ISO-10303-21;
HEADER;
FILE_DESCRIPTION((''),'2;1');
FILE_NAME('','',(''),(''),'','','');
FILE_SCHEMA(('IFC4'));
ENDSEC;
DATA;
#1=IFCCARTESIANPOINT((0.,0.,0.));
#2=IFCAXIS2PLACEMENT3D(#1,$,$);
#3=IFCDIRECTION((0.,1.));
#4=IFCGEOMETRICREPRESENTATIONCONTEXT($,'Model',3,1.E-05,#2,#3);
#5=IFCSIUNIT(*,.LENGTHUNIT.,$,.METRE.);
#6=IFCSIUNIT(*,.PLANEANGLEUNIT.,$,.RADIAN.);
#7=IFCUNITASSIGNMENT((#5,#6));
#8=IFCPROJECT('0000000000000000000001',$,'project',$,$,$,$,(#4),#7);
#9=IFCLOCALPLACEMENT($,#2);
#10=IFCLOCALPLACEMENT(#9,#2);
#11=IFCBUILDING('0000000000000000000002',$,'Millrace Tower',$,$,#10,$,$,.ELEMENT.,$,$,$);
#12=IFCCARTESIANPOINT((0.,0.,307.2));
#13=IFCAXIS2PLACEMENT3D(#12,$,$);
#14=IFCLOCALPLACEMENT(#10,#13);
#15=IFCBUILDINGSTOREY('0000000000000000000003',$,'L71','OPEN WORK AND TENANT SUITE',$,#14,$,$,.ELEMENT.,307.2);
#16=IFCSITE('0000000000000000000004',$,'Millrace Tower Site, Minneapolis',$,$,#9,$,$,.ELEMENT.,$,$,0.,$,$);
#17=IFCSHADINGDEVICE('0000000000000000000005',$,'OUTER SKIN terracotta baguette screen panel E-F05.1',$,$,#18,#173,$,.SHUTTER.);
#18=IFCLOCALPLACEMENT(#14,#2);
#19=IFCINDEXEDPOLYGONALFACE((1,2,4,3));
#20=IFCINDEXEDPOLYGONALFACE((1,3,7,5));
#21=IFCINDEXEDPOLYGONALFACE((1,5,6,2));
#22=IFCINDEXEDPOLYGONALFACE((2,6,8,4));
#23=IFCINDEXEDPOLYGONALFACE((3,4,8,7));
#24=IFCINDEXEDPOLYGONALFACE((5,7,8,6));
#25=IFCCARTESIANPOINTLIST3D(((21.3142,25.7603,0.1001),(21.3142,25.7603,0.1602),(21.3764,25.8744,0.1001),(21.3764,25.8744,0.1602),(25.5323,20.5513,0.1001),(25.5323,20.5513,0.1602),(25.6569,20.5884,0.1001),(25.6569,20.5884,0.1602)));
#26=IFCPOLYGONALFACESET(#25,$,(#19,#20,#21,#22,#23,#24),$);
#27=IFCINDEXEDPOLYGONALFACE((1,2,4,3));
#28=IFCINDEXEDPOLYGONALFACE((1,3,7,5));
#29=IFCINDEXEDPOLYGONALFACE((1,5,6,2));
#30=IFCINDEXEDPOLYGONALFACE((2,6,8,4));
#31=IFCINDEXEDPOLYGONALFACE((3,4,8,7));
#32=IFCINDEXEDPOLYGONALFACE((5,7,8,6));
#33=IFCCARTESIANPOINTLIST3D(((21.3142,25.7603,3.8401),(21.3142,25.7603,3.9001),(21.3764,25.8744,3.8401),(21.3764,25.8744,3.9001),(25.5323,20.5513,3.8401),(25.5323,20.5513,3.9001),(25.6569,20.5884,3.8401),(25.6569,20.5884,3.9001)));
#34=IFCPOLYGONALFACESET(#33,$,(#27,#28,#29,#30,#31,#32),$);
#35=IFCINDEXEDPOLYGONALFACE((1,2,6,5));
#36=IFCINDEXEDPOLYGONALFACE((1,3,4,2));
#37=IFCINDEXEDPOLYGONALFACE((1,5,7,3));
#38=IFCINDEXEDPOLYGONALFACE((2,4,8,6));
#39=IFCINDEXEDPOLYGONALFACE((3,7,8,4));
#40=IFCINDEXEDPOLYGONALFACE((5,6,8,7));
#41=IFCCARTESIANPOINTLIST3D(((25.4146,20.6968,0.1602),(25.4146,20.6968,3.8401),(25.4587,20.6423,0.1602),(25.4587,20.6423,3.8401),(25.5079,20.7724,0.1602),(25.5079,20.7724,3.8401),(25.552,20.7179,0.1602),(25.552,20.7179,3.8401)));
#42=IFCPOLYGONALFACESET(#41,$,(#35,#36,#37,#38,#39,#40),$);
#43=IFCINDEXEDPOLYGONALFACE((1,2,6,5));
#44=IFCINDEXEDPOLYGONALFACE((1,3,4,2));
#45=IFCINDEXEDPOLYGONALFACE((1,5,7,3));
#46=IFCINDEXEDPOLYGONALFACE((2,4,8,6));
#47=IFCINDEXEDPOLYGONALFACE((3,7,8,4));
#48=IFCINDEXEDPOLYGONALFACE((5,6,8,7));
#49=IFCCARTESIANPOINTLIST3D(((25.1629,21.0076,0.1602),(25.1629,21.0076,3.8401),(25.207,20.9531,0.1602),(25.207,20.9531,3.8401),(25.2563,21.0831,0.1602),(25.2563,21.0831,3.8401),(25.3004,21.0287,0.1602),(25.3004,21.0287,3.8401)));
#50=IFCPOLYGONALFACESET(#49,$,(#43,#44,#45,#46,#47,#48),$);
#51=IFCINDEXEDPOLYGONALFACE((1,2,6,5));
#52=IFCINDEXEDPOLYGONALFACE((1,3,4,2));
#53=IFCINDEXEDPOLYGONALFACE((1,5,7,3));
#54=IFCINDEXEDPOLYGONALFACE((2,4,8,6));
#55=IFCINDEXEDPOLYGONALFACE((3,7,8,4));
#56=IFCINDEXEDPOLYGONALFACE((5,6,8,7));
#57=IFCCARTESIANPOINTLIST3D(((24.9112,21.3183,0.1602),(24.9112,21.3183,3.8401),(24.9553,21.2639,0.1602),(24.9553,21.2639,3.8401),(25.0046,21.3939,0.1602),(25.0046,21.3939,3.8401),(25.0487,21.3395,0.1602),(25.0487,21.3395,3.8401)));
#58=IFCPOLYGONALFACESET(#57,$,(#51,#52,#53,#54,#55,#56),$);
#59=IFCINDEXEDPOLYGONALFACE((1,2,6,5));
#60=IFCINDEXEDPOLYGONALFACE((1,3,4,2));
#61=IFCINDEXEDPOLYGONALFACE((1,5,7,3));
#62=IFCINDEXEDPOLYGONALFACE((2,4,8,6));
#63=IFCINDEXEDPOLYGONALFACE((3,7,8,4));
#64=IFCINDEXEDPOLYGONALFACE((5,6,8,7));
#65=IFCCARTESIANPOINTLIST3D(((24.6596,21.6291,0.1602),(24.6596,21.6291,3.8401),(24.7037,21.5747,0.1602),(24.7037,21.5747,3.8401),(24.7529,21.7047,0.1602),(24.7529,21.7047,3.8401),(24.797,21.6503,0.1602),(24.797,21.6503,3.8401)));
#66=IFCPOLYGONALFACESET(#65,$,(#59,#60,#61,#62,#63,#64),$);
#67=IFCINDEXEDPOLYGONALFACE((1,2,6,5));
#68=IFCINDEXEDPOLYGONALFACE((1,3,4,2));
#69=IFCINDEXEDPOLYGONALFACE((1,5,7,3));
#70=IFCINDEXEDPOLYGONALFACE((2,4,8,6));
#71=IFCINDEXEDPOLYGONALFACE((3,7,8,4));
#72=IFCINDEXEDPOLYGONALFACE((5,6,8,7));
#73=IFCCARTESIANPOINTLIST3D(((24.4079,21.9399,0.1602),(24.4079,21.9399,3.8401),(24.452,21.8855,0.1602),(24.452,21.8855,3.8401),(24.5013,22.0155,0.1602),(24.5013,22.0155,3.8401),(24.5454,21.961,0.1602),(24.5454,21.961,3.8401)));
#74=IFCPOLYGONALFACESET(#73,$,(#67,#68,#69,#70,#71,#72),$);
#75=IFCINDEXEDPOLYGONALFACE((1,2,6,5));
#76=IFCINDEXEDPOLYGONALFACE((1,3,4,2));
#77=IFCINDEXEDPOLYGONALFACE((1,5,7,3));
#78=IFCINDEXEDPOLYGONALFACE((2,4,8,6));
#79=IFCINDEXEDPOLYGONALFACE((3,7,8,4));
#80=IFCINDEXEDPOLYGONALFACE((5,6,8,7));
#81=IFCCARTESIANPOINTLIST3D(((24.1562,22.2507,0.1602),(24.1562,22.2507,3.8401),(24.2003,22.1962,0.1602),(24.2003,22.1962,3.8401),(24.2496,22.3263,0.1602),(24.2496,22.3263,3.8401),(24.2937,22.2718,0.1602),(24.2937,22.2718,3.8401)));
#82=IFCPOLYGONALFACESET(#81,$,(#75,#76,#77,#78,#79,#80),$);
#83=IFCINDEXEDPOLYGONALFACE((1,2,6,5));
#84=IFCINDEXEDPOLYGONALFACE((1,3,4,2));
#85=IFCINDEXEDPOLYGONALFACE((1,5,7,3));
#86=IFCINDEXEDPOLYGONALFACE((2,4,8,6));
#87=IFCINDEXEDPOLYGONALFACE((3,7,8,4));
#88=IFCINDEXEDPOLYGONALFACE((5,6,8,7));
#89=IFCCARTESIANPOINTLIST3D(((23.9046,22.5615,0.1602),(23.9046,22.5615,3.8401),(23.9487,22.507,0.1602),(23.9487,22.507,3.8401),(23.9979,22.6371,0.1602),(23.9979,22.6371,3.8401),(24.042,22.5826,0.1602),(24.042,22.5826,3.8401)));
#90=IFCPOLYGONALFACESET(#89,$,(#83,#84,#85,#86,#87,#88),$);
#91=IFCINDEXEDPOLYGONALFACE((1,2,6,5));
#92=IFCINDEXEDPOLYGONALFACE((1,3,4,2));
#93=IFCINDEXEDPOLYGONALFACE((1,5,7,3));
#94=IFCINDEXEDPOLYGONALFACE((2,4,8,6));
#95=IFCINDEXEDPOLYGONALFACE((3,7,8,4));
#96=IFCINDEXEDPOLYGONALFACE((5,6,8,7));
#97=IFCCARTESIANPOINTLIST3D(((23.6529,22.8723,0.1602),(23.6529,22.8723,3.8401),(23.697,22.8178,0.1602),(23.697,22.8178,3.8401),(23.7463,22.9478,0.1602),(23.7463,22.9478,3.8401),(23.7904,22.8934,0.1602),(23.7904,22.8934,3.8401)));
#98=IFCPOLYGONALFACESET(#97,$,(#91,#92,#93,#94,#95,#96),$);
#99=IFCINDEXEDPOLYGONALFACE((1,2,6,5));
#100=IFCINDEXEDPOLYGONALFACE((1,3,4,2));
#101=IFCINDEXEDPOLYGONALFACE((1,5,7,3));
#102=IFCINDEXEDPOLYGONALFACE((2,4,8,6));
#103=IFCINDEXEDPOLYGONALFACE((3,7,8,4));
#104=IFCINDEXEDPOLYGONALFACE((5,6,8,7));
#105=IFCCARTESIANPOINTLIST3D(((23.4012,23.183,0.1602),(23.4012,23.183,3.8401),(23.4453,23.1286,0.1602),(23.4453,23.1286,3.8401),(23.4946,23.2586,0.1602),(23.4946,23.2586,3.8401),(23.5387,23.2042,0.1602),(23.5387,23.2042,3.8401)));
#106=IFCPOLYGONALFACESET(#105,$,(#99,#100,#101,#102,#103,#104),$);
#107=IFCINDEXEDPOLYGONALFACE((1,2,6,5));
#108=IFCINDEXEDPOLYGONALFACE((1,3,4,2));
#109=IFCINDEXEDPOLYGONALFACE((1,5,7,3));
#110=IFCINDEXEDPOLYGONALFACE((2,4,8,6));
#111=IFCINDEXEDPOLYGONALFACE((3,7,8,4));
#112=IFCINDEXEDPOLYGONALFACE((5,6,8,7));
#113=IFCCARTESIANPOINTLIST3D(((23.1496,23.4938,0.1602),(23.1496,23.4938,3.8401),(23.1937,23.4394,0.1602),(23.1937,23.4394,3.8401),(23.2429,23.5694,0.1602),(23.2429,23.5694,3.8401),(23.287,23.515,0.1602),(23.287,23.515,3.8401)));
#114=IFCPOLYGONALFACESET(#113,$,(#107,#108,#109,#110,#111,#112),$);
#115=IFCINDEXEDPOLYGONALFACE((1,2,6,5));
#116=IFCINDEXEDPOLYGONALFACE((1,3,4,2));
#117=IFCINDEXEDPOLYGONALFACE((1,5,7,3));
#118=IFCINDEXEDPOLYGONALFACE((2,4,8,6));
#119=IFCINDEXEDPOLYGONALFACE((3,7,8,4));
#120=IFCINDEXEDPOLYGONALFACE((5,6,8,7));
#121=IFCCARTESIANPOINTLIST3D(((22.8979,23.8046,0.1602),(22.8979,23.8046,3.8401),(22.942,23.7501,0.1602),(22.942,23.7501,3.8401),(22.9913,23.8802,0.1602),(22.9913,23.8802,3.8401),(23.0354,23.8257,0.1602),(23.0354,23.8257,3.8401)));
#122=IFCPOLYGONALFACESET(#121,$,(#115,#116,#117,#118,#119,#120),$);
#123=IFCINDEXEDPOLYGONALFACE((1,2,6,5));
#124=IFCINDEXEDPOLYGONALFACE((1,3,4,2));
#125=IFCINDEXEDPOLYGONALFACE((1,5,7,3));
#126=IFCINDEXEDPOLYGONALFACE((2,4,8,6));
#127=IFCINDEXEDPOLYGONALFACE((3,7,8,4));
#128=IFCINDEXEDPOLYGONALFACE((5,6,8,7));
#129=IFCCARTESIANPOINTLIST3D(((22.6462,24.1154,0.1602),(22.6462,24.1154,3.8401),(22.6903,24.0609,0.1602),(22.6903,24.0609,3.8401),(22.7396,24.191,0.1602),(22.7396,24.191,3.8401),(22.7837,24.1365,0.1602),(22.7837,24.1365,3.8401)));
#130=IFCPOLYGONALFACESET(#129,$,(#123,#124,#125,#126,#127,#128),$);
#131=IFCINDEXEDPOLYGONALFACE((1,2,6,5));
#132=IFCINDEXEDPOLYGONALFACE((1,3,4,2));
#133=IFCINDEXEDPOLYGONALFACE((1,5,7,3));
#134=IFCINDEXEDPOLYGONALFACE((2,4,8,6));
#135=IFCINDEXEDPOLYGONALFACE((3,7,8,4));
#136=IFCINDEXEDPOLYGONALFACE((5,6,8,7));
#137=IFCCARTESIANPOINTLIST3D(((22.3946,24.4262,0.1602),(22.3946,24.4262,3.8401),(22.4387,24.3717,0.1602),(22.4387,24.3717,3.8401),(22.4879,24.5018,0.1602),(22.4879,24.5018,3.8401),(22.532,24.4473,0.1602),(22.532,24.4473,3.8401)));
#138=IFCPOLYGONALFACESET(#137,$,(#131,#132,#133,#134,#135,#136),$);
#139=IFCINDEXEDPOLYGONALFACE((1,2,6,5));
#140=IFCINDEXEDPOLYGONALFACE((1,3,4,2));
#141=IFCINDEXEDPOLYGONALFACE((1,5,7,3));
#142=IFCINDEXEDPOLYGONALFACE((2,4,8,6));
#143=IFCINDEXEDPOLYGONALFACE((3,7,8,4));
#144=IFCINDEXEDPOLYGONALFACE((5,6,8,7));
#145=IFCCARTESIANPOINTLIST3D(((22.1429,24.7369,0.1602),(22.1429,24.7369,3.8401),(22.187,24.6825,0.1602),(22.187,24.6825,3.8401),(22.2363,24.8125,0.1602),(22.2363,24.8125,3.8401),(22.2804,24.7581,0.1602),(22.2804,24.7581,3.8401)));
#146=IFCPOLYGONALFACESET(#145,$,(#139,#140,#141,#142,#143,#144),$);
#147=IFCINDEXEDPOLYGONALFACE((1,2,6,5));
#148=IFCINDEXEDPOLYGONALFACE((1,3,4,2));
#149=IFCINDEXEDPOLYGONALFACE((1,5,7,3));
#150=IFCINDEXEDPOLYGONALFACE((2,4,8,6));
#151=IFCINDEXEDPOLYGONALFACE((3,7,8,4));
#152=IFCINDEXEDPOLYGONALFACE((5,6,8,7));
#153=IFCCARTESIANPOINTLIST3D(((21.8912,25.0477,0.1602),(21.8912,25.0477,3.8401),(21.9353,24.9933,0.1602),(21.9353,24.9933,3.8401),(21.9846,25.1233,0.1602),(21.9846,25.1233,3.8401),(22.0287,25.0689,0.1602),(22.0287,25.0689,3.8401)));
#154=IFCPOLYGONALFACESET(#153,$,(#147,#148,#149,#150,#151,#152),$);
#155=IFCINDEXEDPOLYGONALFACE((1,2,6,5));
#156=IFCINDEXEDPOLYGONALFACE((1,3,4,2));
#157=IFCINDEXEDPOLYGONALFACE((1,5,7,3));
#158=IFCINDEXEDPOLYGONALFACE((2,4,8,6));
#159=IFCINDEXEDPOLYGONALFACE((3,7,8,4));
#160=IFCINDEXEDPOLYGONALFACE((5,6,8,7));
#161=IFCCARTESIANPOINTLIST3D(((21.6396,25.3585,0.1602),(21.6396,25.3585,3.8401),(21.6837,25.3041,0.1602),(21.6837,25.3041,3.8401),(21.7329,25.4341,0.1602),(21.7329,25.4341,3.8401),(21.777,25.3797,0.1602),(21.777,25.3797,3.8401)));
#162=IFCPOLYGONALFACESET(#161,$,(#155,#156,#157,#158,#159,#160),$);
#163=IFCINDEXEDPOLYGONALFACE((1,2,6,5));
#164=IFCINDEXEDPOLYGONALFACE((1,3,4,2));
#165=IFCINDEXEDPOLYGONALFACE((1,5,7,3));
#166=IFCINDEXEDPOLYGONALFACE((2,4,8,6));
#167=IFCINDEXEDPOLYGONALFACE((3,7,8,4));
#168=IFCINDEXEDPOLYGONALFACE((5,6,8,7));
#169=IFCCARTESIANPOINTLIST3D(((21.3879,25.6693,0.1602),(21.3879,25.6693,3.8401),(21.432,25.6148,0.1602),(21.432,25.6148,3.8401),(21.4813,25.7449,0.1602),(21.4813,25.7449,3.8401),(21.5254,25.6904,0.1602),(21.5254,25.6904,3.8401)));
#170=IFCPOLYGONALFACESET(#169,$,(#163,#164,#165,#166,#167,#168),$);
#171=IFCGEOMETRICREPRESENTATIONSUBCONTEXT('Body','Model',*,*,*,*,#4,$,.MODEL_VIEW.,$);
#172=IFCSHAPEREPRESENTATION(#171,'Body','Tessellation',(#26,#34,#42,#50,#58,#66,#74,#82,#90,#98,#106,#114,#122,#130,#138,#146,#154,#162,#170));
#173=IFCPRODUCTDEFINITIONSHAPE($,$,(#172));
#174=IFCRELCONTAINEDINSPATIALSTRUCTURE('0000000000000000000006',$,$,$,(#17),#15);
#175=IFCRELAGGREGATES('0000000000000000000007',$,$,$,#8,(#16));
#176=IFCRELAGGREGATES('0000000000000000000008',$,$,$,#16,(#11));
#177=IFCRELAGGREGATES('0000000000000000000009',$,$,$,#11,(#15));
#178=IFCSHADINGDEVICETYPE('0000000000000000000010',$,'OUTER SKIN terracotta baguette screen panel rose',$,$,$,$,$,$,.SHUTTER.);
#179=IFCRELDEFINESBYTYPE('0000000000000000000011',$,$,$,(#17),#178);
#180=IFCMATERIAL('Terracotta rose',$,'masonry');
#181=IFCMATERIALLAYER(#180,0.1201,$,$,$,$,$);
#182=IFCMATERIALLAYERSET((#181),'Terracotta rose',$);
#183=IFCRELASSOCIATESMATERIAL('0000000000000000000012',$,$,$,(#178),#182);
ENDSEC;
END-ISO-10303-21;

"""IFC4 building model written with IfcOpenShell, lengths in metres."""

from ifc_helpers import new_model, entity, si_unit, direction, frame, frame_2d, origin, origin_2d, place, context, subcontext, project, spatial, rectangle, extrude, source, transform, mapped, material, layer, layer_set, type_object, element, save


model = new_model("IFC4")

# Units and contexts
model_context = context("Model", 3, precision=1e-05, world=origin(), true_north=direction((0.0, 1.0)))
body_context = subcontext(model_context, "Body", "Model", "MODEL_VIEW")
ifc_project = project(units=[si_unit("LENGTHUNIT", "METRE"), si_unit("PLANEANGLEUNIT", "RADIAN")], contexts=[model_context])

# Site, building, storey
site_placement = place(None, origin())
site = spatial("IfcSite", under=ifc_project, at=site_placement, Name="Millrace Tower Site, Minneapolis", CompositionType="ELEMENT", RefElevation=0.0)
building_placement = place(site_placement, origin())
building = spatial("IfcBuilding", under=site, at=building_placement, Name="Millrace Tower", CompositionType="ELEMENT")
storey_placement = place(building_placement, frame((0.0, 0.0, 307.2)))
storey = spatial("IfcBuildingStorey", under=building, at=storey_placement, Name="L71", Description="OPEN WORK AND TENANT SUITE", CompositionType="ELEMENT", Elevation=307.2)

# Shading device
ifc_material_1 = material(Name="Terracotta rose", Category="masonry")
ifc_layer_1 = layer(ifc_material_1, 0.1201)
ifc_layer_set_1 = layer_set([ifc_layer_1], Name="Terracotta rose")
shading_device_type = type_object("IfcShadingDeviceType", Name="OUTER SKIN terracotta baguette screen panel rose", PredefinedType="SHUTTER", material=ifc_layer_set_1)
cartesian_point_1 = entity("IfcCartesianPoint", [-3.3513, 0.0601])
shared_polyline_1 = entity("IfcPolyline", [cartesian_point_1, entity("IfcCartesianPoint", [3.3513, 0.0601]), entity("IfcCartesianPoint", [3.4009, -0.0601]), entity("IfcCartesianPoint", [-3.4009, -0.0601]), cartesian_point_1])
shared_shape_1 = source(origin(), body_context, "Body", "SweptSolid", [
    entity("IfcExtrudedAreaSolid", entity("IfcArbitraryClosedProfileDef", "AREA", None, shared_polyline_1), entity("IfcAxis2Placement3D", entity("IfcCartesianPoint", [0.0, 0.0, 0.0])), entity("IfcDirection", [0.0, 0.0, 1.0]), 0.0601),
    entity("IfcExtrudedAreaSolid", entity("IfcArbitraryClosedProfileDef", "AREA", None, shared_polyline_1), entity("IfcAxis2Placement3D", entity("IfcCartesianPoint", [0.0, 0.0, 3.74])), entity("IfcDirection", [0.0, 0.0, 1.0]), 0.0601),
    extrude(rectangle(XDim=0.0701, YDim=0.1201, at=frame_2d((-3.1992, 0.0))), frame((0.0, 0.0, 0.0601)), (0.0, 0.0, 1.0), 3.6799),
    extrude(rectangle(XDim=0.0701, YDim=0.1201, at=frame_2d((-2.7993, 0.0))), frame((0.0, 0.0, 0.0601)), (0.0, 0.0, 1.0), 3.6799),
    extrude(rectangle(XDim=0.0701, YDim=0.1201, at=frame_2d((-2.3994, 0.0))), frame((0.0, 0.0, 0.0601)), (0.0, 0.0, 1.0), 3.6799),
    extrude(rectangle(XDim=0.0701, YDim=0.1201, at=frame_2d((-1.9995, 0.0))), frame((0.0, 0.0, 0.0601)), (0.0, 0.0, 1.0), 3.6799),
    extrude(rectangle(XDim=0.0701, YDim=0.1201, at=frame_2d((-1.5996, 0.0))), frame((0.0, 0.0, 0.0601)), (0.0, 0.0, 1.0), 3.6799),
    extrude(rectangle(XDim=0.0701, YDim=0.1201, at=frame_2d((-1.1997, 0.0))), frame((0.0, 0.0, 0.0601)), (0.0, 0.0, 1.0), 3.6799),
    extrude(rectangle(XDim=0.0701, YDim=0.1201, at=frame_2d((-0.7998, 0.0))), frame((0.0, 0.0, 0.0601)), (0.0, 0.0, 1.0), 3.6799),
    extrude(rectangle(XDim=0.0701, YDim=0.1201, at=frame_2d((-0.3999, 0.0))), frame((0.0, 0.0, 0.0601)), (0.0, 0.0, 1.0), 3.6799),
    extrude(rectangle(XDim=0.0701, YDim=0.1201, at=origin_2d()), frame((0.0, 0.0, 0.0601)), (0.0, 0.0, 1.0), 3.6799),
    extrude(rectangle(XDim=0.0701, YDim=0.1201, at=frame_2d((0.3999, 0.0))), frame((0.0, 0.0, 0.0601)), (0.0, 0.0, 1.0), 3.6799),
    extrude(rectangle(XDim=0.0701, YDim=0.1201, at=frame_2d((0.7998, 0.0))), frame((0.0, 0.0, 0.0601)), (0.0, 0.0, 1.0), 3.6799),
    extrude(rectangle(XDim=0.0701, YDim=0.1201, at=frame_2d((1.1997, 0.0))), frame((0.0, 0.0, 0.0601)), (0.0, 0.0, 1.0), 3.6799),
    extrude(rectangle(XDim=0.0701, YDim=0.1201, at=frame_2d((1.5996, 0.0))), frame((0.0, 0.0, 0.0601)), (0.0, 0.0, 1.0), 3.6799),
    extrude(rectangle(XDim=0.0701, YDim=0.1201, at=frame_2d((1.9995, 0.0))), frame((0.0, 0.0, 0.0601)), (0.0, 0.0, 1.0), 3.6799),
    extrude(rectangle(XDim=0.0701, YDim=0.1201, at=frame_2d((2.3994, 0.0))), frame((0.0, 0.0, 0.0601)), (0.0, 0.0, 1.0), 3.6799),
    extrude(rectangle(XDim=0.0701, YDim=0.1201, at=frame_2d((2.7993, 0.0))), frame((0.0, 0.0, 0.0601)), (0.0, 0.0, 1.0), 3.6799),
    extrude(rectangle(XDim=0.0701, YDim=0.1201, at=frame_2d((3.1992, 0.0))), frame((0.0, 0.0, 0.0601)), (0.0, 0.0, 1.0), 3.6799),
])
shading_device_1_placement = place(storey_placement, frame((23.47, 23.1936, 0.1001), z_axis=(0.0, 0.0, 1.0), x_axis=(-0.62932, 0.777146, 0.0)))
element("IfcShadingDevice", 1, at=shading_device_1_placement, inside=storey, type_object=shading_device_type, Name="OUTER SKIN terracotta baguette screen panel E-F05.1", PredefinedType="SHUTTER", context=body_context, shape_type="MappedRepresentation", body=[
    mapped(shared_shape_1, transform((0.0, 0.0, 0.0), scale=1.0)),
])

save(model, "model.ifc")
